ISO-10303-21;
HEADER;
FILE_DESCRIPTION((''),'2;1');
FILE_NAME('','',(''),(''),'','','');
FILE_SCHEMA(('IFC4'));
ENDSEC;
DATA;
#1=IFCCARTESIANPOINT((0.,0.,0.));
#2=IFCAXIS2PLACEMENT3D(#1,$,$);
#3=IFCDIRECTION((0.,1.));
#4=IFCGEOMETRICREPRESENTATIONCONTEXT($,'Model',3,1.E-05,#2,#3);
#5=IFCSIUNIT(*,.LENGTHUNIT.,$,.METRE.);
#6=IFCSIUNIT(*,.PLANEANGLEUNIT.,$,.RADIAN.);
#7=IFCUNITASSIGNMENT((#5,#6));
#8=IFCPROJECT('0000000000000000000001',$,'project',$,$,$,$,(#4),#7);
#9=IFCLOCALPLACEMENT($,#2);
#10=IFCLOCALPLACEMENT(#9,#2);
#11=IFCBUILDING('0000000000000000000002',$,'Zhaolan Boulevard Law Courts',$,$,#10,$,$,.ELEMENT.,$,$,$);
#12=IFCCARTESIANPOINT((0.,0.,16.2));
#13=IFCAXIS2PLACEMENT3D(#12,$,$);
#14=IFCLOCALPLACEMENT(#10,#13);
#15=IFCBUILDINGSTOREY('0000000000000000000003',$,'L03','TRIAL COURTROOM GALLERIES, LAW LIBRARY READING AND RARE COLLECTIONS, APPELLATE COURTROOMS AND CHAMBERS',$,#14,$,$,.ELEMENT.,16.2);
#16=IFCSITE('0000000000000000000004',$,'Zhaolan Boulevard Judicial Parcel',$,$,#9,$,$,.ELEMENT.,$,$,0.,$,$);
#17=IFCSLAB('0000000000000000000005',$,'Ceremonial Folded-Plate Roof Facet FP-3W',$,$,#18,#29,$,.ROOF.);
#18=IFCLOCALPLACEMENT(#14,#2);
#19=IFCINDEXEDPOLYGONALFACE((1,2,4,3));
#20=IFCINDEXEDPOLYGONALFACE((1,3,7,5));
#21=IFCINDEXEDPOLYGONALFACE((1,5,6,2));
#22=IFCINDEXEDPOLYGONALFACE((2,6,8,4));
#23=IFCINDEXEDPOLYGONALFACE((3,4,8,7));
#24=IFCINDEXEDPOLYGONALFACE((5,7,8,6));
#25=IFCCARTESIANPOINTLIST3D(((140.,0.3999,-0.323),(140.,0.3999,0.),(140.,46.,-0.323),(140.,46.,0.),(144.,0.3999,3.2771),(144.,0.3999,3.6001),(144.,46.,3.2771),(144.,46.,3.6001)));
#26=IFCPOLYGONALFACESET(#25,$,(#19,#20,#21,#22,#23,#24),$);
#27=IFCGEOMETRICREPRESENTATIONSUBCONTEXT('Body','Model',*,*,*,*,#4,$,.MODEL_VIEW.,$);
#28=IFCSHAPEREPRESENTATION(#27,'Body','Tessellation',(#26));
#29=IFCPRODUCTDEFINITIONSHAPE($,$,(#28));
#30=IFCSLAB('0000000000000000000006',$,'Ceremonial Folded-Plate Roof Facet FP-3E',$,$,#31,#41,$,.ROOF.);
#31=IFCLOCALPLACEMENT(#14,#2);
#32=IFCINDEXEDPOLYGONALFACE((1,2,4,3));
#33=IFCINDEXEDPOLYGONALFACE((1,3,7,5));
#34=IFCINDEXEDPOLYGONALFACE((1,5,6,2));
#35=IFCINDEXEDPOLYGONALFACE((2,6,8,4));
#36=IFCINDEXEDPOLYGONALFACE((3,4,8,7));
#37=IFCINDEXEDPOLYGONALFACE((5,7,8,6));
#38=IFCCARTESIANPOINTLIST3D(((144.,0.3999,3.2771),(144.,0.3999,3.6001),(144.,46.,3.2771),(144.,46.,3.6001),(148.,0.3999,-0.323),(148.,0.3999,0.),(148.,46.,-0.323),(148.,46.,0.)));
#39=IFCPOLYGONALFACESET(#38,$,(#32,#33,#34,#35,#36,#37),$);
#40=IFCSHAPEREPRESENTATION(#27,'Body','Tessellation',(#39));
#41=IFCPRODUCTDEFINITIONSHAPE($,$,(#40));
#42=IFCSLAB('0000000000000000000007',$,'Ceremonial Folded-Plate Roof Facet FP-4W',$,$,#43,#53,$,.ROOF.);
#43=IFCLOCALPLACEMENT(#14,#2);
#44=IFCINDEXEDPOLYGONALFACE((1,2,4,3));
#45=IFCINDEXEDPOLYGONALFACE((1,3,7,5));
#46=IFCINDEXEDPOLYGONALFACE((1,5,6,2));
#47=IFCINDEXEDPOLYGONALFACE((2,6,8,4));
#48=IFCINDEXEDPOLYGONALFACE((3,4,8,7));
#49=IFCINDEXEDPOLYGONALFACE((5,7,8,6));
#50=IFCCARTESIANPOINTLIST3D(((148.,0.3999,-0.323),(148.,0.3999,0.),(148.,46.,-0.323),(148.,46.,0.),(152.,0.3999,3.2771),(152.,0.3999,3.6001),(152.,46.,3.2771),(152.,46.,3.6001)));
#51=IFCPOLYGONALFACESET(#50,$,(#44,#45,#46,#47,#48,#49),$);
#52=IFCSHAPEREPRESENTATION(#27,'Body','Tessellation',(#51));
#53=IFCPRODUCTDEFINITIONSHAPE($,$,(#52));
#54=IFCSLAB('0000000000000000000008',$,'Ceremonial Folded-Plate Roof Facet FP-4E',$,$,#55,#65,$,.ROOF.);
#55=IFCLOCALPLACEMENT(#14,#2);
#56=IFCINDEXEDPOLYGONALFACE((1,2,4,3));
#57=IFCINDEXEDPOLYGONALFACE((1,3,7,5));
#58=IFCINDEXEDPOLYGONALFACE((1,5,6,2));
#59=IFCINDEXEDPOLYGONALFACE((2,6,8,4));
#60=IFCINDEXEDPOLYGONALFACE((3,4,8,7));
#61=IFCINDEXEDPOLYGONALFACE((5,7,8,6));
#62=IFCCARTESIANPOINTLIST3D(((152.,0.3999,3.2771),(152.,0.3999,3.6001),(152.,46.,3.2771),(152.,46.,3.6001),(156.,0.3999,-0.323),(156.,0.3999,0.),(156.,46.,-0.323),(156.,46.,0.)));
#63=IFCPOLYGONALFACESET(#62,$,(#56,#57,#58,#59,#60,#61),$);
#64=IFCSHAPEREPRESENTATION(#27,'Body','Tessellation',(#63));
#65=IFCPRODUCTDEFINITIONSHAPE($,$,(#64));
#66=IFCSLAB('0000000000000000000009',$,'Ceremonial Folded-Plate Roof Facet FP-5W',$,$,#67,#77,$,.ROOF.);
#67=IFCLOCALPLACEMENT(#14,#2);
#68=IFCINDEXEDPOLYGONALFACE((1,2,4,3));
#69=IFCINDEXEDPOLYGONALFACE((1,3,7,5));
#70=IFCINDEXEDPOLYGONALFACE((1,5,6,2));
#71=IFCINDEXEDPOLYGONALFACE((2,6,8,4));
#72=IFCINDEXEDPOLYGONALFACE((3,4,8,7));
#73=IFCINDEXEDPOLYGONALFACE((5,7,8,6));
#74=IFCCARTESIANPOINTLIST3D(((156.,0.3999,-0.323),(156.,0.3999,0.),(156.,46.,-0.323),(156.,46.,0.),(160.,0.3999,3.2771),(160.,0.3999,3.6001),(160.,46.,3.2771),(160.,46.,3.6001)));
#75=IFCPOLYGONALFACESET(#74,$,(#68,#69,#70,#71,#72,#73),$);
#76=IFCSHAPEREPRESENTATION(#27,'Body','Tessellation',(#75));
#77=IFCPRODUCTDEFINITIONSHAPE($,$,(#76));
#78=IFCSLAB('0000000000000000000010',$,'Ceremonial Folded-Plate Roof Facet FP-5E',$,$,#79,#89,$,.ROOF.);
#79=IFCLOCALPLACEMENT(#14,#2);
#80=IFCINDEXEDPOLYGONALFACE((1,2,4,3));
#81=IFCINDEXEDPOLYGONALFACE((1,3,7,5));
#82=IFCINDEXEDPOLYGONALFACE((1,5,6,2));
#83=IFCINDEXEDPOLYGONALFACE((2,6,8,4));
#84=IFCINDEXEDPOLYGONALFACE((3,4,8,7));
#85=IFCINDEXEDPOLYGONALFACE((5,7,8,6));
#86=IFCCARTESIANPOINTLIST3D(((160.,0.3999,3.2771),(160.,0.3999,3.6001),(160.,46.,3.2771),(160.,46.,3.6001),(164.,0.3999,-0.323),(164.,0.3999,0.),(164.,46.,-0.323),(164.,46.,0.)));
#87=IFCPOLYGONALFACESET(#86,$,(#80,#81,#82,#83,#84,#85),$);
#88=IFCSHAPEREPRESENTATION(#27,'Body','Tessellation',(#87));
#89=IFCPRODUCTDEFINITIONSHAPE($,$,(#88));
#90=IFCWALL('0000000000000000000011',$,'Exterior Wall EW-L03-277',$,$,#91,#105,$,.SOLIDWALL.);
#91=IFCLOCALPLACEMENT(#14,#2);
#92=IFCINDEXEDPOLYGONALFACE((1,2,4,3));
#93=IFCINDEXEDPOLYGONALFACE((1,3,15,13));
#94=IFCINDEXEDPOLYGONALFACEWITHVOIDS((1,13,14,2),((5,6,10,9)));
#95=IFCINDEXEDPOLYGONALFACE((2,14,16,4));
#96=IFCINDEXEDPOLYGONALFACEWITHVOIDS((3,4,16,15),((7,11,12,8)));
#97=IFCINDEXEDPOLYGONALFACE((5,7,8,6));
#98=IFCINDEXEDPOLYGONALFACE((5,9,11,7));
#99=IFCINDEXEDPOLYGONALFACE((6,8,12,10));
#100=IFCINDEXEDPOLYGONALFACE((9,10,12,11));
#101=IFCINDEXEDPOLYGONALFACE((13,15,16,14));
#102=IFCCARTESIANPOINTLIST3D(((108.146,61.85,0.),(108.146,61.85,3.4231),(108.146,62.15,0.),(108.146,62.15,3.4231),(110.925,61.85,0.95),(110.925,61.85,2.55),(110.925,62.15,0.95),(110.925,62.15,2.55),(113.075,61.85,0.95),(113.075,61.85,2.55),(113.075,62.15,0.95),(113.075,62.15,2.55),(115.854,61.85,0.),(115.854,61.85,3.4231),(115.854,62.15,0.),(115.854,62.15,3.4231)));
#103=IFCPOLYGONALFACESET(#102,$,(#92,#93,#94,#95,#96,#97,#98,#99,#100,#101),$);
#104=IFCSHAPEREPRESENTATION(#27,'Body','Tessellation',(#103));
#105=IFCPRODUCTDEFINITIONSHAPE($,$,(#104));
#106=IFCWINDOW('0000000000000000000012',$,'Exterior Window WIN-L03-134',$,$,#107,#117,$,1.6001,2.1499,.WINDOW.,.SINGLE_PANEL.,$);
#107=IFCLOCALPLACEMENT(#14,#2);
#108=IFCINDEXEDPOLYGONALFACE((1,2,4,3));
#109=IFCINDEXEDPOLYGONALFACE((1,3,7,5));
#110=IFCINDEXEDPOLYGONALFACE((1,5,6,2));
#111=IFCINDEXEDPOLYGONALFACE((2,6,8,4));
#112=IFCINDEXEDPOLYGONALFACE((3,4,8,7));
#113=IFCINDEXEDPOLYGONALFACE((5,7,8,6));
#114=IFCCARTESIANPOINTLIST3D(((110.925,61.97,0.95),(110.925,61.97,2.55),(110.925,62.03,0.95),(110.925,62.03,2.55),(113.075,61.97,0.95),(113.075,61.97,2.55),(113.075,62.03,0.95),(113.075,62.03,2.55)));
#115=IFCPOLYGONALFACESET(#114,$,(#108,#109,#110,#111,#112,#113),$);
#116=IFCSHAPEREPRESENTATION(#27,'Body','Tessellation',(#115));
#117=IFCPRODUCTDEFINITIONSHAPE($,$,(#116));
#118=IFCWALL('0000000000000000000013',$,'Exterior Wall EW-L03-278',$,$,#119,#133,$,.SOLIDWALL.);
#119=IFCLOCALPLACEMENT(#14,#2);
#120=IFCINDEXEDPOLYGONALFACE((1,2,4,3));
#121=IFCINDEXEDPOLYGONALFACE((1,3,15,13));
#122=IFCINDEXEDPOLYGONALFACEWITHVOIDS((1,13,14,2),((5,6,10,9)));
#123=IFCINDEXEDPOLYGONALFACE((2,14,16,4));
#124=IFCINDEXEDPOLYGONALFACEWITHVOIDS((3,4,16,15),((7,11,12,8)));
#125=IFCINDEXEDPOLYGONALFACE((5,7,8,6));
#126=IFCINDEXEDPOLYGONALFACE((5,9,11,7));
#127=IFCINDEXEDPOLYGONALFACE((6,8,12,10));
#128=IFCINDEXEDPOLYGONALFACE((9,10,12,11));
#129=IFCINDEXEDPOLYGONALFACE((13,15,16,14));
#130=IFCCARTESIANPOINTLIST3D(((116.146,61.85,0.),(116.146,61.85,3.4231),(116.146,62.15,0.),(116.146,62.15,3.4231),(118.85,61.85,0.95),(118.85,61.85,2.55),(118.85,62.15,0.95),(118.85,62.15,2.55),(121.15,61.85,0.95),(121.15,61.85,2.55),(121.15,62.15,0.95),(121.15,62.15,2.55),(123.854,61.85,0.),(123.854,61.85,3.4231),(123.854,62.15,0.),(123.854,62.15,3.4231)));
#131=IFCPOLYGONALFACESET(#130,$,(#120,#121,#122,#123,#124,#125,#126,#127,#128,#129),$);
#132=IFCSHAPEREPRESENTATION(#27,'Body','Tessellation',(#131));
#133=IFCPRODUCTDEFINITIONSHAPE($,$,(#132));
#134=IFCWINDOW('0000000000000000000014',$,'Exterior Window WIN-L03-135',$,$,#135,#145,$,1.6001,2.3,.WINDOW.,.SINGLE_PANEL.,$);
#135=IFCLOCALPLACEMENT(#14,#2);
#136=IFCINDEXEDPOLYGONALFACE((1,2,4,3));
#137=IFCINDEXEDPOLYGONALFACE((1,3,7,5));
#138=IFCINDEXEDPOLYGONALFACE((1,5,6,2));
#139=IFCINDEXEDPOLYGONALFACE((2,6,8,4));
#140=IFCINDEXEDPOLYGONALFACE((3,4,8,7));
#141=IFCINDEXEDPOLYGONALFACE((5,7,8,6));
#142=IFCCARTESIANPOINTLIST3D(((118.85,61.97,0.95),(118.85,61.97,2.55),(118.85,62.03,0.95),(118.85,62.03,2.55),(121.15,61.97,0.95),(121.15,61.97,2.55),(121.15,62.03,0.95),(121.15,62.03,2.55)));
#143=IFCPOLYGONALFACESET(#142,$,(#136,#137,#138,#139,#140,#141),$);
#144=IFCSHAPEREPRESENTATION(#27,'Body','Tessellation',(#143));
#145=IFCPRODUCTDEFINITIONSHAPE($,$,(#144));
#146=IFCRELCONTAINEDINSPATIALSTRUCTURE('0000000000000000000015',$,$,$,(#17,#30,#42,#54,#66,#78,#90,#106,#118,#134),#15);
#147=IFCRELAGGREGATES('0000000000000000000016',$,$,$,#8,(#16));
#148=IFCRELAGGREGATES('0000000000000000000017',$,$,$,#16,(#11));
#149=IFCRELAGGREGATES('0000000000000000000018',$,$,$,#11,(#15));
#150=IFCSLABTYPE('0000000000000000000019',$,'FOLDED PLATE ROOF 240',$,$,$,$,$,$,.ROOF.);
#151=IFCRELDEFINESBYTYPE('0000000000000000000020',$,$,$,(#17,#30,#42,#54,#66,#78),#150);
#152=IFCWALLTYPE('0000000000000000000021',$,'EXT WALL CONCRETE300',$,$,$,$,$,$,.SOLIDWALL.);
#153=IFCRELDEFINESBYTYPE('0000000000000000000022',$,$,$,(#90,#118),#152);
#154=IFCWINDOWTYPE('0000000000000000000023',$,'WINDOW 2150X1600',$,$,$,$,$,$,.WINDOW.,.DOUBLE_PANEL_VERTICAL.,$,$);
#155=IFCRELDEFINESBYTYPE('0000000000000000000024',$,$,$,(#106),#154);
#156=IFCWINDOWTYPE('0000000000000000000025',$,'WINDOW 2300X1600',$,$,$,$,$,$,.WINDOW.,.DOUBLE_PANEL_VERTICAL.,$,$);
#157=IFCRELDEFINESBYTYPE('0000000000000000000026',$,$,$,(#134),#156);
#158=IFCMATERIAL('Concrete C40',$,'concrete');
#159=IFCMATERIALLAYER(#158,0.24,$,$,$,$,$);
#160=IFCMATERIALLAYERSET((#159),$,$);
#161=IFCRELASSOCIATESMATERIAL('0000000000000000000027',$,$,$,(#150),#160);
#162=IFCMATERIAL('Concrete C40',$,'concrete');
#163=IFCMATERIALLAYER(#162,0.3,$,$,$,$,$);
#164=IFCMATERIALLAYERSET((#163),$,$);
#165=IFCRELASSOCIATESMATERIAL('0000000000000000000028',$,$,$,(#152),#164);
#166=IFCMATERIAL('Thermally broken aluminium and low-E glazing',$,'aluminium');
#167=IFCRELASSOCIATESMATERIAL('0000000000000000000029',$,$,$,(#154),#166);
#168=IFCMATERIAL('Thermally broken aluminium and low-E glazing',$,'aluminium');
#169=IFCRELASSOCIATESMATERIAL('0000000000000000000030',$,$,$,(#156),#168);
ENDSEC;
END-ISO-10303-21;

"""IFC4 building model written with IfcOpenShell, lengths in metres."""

from ifc_helpers import new_model, si_unit, direction, frame, frame_2d, origin, place, context, subcontext, project, spatial, polyline, rectangle, outline, extrude, material, layer, layer_set, type_object, element, fill, save


model = new_model("IFC4")

# Units and contexts
model_context = context("Model", 3, precision=1e-05, world=origin(), true_north=direction((0.0, 1.0)))
body_context = subcontext(model_context, "Body", "Model", "MODEL_VIEW")
ifc_project = project(units=[si_unit("LENGTHUNIT", "METRE"), si_unit("PLANEANGLEUNIT", "RADIAN")], contexts=[model_context])

# Site, building, storey
site_placement = place(None, origin())
site = spatial("IfcSite", under=ifc_project, at=site_placement, Name="Zhaolan Boulevard Judicial Parcel", CompositionType="ELEMENT", RefElevation=0.0)
building_placement = place(site_placement, origin())
building = spatial("IfcBuilding", under=site, at=building_placement, Name="Zhaolan Boulevard Law Courts", CompositionType="ELEMENT")
storey_placement = place(building_placement, frame((0.0, 0.0, 16.2)))
storey = spatial("IfcBuildingStorey", under=building, at=storey_placement, Name="L03", Description="TRIAL COURTROOM GALLERIES, LAW LIBRARY READING AND RARE COLLECTIONS, APPELLATE COURTROOMS AND CHAMBERS", CompositionType="ELEMENT", Elevation=16.2)

# Slabs
ifc_material_1 = material(Name="Concrete C40", Category="concrete")
ifc_layer_1 = layer(ifc_material_1, 0.24)
ifc_layer_set_1 = layer_set([ifc_layer_1])
slab_type = type_object("IfcSlabType", Name="FOLDED PLATE ROOF 240", PredefinedType="ROOF", material=ifc_layer_set_1)
slab_1_placement = place(storey_placement, frame((140.0, 46.0, 0.0), z_axis=(0.0, -1.0, 0.0), x_axis=(1.0, 0.0, 0.0)))
element("IfcSlab", 1, at=slab_1_placement, inside=storey, type_object=slab_type, Name="Ceremonial Folded-Plate Roof Facet FP-3W", PredefinedType="ROOF", context=body_context, shape_type="SweptSolid", body=[
    extrude(outline(polyline([(0.0, 0.0), (4.0, 3.6001), (4.0, 3.2771), (0.0, -0.323), (0.0, 0.0)])), origin(), (0.0, 0.0, 1.0), 45.6001),
])
slab_2_placement = place(storey_placement, frame((144.0, 46.0, 0.0), z_axis=(0.0, -1.0, 0.0), x_axis=(1.0, 0.0, 0.0)))
element("IfcSlab", 2, at=slab_2_placement, inside=storey, type_object=slab_type, Name="Ceremonial Folded-Plate Roof Facet FP-3E", PredefinedType="ROOF", context=body_context, shape_type="SweptSolid", body=[
    extrude(outline(polyline([(0.0, 3.6001), (4.0, 0.0), (4.0, -0.323), (0.0, 3.2771), (0.0, 3.6001)])), origin(), (0.0, 0.0, 1.0), 45.6001),
])
slab_3_placement = place(storey_placement, frame((148.0, 46.0, 0.0), z_axis=(0.0, -1.0, 0.0), x_axis=(1.0, 0.0, 0.0)))
element("IfcSlab", 3, at=slab_3_placement, inside=storey, type_object=slab_type, Name="Ceremonial Folded-Plate Roof Facet FP-4W", PredefinedType="ROOF", context=body_context, shape_type="SweptSolid", body=[
    extrude(outline(polyline([(0.0, 0.0), (4.0, 3.6001), (4.0, 3.2771), (0.0, -0.323), (0.0, 0.0)])), origin(), (0.0, 0.0, 1.0), 45.6001),
])
slab_4_placement = place(storey_placement, frame((152.0, 46.0, 0.0), z_axis=(0.0, -1.0, 0.0), x_axis=(1.0, 0.0, 0.0)))
element("IfcSlab", 4, at=slab_4_placement, inside=storey, type_object=slab_type, Name="Ceremonial Folded-Plate Roof Facet FP-4E", PredefinedType="ROOF", context=body_context, shape_type="SweptSolid", body=[
    extrude(outline(polyline([(0.0, 3.6001), (4.0, 0.0), (4.0, -0.323), (0.0, 3.2771), (0.0, 3.6001)])), origin(), (0.0, 0.0, 1.0), 45.6001),
])
slab_5_placement = place(storey_placement, frame((156.0, 46.0, 0.0), z_axis=(0.0, -1.0, 0.0), x_axis=(1.0, 0.0, 0.0)))
element("IfcSlab", 5, at=slab_5_placement, inside=storey, type_object=slab_type, Name="Ceremonial Folded-Plate Roof Facet FP-5W", PredefinedType="ROOF", context=body_context, shape_type="SweptSolid", body=[
    extrude(outline(polyline([(0.0, 0.0), (4.0, 3.6001), (4.0, 3.2771), (0.0, -0.323), (0.0, 0.0)])), origin(), (0.0, 0.0, 1.0), 45.6001),
])
slab_6_placement = place(storey_placement, frame((160.0, 46.0, 0.0), z_axis=(0.0, -1.0, 0.0), x_axis=(1.0, 0.0, 0.0)))
element("IfcSlab", 6, at=slab_6_placement, inside=storey, type_object=slab_type, Name="Ceremonial Folded-Plate Roof Facet FP-5E", PredefinedType="ROOF", context=body_context, shape_type="SweptSolid", body=[
    extrude(outline(polyline([(0.0, 3.6001), (4.0, 0.0), (4.0, -0.323), (0.0, 3.2771), (0.0, 3.6001)])), origin(), (0.0, 0.0, 1.0), 45.6001),
])

# Walls, openings, windows
ifc_material_2 = material(Name="Concrete C40", Category="concrete")
ifc_layer_2 = layer(ifc_material_2, 0.3)
ifc_layer_set_2 = layer_set([ifc_layer_2])
wall_type = type_object("IfcWallType", Name="EXT WALL CONCRETE300", PredefinedType="SOLIDWALL", material=ifc_layer_set_2)
wall_1_placement = place(storey_placement, frame((108.146, 62.0, 0.0), z_axis=(0.0, 0.0, 1.0), x_axis=(1.0, 0.0, 0.0)))
wall_1 = element("IfcWall", 7, at=wall_1_placement, inside=storey, type_object=wall_type, Name="Exterior Wall EW-L03-277", PredefinedType="SOLIDWALL", context=body_context, shape_type="SweptSolid", body=[
    extrude(rectangle(XDim=7.708, YDim=0.3, at=frame_2d((3.854, 0.0))), origin(), (0.0, 0.0, 1.0), 3.4231),
])
opening_1_placement = place(wall_1_placement, frame((2.7791, 0.0, 0.95)))
opening_1 = element("IfcOpeningElement", 8, at=opening_1_placement, cuts=wall_1, PredefinedType="OPENING", context=body_context, shape_type="SweptSolid", body=[
    extrude(rectangle(XDim=2.1499, YDim=1.6001, at=frame_2d((1.075, 0.8))), frame((0.0, 0.1599, 0.0), z_axis=(0.0, -1.0, 0.0), x_axis=(1.0, 0.0, 0.0)), (0.0, 0.0, 1.0), 0.3201),
])
ifc_material_3 = material(Name="Thermally broken aluminium and low-E glazing", Category="aluminium")
window_type_1 = type_object("IfcWindowType", Name="WINDOW 2150X1600", PartitioningType="DOUBLE_PANEL_VERTICAL", PredefinedType="WINDOW", material=ifc_material_3)
window_1_placement = place(opening_1_placement, origin())
window_1 = element("IfcWindow", 9, at=window_1_placement, inside=storey, type_object=window_type_1, Name="Exterior Window WIN-L03-134", OverallHeight=1.6001, OverallWidth=2.1499, PartitioningType="SINGLE_PANEL", PredefinedType="WINDOW", context=body_context, shape_type="SweptSolid", body=[
    extrude(rectangle(XDim=2.1499, YDim=1.6001, at=frame_2d((1.075, 0.8))), frame((0.0, 0.03, 0.0), z_axis=(0.0, -1.0, 0.0), x_axis=(1.0, 0.0, 0.0)), (0.0, 0.0, 1.0), 0.0601),
])
fill(opening_1, window_1)
wall_2_placement = place(storey_placement, frame((116.146, 62.0, 0.0), z_axis=(0.0, 0.0, 1.0), x_axis=(1.0, 0.0, 0.0)))
wall_2 = element("IfcWall", 10, at=wall_2_placement, inside=storey, type_object=wall_type, Name="Exterior Wall EW-L03-278", PredefinedType="SOLIDWALL", context=body_context, shape_type="SweptSolid", body=[
    extrude(rectangle(XDim=7.708, YDim=0.3, at=frame_2d((3.854, 0.0))), origin(), (0.0, 0.0, 1.0), 3.4231),
])
opening_2_placement = place(wall_2_placement, frame((2.7041, 0.0, 0.95)))
opening_2 = element("IfcOpeningElement", 11, at=opening_2_placement, cuts=wall_2, PredefinedType="OPENING", context=body_context, shape_type="SweptSolid", body=[
    extrude(rectangle(XDim=2.3, YDim=1.6001, at=frame_2d((1.1499, 0.8))), frame((0.0, 0.1599, 0.0), z_axis=(0.0, -1.0, 0.0), x_axis=(1.0, 0.0, 0.0)), (0.0, 0.0, 1.0), 0.3201),
])
ifc_material_4 = material(Name="Thermally broken aluminium and low-E glazing", Category="aluminium")
window_type_2 = type_object("IfcWindowType", Name="WINDOW 2300X1600", PartitioningType="DOUBLE_PANEL_VERTICAL", PredefinedType="WINDOW", material=ifc_material_4)
window_2_placement = place(opening_2_placement, origin())
window_2 = element("IfcWindow", 12, at=window_2_placement, inside=storey, type_object=window_type_2, Name="Exterior Window WIN-L03-135", OverallHeight=1.6001, OverallWidth=2.3, PartitioningType="SINGLE_PANEL", PredefinedType="WINDOW", context=body_context, shape_type="SweptSolid", body=[
    extrude(rectangle(XDim=2.3, YDim=1.6001, at=frame_2d((1.1499, 0.8))), frame((0.0, 0.03, 0.0), z_axis=(0.0, -1.0, 0.0), x_axis=(1.0, 0.0, 0.0)), (0.0, 0.0, 1.0), 0.0601),
])
fill(opening_2, window_2)

save(model, "model.ifc")
